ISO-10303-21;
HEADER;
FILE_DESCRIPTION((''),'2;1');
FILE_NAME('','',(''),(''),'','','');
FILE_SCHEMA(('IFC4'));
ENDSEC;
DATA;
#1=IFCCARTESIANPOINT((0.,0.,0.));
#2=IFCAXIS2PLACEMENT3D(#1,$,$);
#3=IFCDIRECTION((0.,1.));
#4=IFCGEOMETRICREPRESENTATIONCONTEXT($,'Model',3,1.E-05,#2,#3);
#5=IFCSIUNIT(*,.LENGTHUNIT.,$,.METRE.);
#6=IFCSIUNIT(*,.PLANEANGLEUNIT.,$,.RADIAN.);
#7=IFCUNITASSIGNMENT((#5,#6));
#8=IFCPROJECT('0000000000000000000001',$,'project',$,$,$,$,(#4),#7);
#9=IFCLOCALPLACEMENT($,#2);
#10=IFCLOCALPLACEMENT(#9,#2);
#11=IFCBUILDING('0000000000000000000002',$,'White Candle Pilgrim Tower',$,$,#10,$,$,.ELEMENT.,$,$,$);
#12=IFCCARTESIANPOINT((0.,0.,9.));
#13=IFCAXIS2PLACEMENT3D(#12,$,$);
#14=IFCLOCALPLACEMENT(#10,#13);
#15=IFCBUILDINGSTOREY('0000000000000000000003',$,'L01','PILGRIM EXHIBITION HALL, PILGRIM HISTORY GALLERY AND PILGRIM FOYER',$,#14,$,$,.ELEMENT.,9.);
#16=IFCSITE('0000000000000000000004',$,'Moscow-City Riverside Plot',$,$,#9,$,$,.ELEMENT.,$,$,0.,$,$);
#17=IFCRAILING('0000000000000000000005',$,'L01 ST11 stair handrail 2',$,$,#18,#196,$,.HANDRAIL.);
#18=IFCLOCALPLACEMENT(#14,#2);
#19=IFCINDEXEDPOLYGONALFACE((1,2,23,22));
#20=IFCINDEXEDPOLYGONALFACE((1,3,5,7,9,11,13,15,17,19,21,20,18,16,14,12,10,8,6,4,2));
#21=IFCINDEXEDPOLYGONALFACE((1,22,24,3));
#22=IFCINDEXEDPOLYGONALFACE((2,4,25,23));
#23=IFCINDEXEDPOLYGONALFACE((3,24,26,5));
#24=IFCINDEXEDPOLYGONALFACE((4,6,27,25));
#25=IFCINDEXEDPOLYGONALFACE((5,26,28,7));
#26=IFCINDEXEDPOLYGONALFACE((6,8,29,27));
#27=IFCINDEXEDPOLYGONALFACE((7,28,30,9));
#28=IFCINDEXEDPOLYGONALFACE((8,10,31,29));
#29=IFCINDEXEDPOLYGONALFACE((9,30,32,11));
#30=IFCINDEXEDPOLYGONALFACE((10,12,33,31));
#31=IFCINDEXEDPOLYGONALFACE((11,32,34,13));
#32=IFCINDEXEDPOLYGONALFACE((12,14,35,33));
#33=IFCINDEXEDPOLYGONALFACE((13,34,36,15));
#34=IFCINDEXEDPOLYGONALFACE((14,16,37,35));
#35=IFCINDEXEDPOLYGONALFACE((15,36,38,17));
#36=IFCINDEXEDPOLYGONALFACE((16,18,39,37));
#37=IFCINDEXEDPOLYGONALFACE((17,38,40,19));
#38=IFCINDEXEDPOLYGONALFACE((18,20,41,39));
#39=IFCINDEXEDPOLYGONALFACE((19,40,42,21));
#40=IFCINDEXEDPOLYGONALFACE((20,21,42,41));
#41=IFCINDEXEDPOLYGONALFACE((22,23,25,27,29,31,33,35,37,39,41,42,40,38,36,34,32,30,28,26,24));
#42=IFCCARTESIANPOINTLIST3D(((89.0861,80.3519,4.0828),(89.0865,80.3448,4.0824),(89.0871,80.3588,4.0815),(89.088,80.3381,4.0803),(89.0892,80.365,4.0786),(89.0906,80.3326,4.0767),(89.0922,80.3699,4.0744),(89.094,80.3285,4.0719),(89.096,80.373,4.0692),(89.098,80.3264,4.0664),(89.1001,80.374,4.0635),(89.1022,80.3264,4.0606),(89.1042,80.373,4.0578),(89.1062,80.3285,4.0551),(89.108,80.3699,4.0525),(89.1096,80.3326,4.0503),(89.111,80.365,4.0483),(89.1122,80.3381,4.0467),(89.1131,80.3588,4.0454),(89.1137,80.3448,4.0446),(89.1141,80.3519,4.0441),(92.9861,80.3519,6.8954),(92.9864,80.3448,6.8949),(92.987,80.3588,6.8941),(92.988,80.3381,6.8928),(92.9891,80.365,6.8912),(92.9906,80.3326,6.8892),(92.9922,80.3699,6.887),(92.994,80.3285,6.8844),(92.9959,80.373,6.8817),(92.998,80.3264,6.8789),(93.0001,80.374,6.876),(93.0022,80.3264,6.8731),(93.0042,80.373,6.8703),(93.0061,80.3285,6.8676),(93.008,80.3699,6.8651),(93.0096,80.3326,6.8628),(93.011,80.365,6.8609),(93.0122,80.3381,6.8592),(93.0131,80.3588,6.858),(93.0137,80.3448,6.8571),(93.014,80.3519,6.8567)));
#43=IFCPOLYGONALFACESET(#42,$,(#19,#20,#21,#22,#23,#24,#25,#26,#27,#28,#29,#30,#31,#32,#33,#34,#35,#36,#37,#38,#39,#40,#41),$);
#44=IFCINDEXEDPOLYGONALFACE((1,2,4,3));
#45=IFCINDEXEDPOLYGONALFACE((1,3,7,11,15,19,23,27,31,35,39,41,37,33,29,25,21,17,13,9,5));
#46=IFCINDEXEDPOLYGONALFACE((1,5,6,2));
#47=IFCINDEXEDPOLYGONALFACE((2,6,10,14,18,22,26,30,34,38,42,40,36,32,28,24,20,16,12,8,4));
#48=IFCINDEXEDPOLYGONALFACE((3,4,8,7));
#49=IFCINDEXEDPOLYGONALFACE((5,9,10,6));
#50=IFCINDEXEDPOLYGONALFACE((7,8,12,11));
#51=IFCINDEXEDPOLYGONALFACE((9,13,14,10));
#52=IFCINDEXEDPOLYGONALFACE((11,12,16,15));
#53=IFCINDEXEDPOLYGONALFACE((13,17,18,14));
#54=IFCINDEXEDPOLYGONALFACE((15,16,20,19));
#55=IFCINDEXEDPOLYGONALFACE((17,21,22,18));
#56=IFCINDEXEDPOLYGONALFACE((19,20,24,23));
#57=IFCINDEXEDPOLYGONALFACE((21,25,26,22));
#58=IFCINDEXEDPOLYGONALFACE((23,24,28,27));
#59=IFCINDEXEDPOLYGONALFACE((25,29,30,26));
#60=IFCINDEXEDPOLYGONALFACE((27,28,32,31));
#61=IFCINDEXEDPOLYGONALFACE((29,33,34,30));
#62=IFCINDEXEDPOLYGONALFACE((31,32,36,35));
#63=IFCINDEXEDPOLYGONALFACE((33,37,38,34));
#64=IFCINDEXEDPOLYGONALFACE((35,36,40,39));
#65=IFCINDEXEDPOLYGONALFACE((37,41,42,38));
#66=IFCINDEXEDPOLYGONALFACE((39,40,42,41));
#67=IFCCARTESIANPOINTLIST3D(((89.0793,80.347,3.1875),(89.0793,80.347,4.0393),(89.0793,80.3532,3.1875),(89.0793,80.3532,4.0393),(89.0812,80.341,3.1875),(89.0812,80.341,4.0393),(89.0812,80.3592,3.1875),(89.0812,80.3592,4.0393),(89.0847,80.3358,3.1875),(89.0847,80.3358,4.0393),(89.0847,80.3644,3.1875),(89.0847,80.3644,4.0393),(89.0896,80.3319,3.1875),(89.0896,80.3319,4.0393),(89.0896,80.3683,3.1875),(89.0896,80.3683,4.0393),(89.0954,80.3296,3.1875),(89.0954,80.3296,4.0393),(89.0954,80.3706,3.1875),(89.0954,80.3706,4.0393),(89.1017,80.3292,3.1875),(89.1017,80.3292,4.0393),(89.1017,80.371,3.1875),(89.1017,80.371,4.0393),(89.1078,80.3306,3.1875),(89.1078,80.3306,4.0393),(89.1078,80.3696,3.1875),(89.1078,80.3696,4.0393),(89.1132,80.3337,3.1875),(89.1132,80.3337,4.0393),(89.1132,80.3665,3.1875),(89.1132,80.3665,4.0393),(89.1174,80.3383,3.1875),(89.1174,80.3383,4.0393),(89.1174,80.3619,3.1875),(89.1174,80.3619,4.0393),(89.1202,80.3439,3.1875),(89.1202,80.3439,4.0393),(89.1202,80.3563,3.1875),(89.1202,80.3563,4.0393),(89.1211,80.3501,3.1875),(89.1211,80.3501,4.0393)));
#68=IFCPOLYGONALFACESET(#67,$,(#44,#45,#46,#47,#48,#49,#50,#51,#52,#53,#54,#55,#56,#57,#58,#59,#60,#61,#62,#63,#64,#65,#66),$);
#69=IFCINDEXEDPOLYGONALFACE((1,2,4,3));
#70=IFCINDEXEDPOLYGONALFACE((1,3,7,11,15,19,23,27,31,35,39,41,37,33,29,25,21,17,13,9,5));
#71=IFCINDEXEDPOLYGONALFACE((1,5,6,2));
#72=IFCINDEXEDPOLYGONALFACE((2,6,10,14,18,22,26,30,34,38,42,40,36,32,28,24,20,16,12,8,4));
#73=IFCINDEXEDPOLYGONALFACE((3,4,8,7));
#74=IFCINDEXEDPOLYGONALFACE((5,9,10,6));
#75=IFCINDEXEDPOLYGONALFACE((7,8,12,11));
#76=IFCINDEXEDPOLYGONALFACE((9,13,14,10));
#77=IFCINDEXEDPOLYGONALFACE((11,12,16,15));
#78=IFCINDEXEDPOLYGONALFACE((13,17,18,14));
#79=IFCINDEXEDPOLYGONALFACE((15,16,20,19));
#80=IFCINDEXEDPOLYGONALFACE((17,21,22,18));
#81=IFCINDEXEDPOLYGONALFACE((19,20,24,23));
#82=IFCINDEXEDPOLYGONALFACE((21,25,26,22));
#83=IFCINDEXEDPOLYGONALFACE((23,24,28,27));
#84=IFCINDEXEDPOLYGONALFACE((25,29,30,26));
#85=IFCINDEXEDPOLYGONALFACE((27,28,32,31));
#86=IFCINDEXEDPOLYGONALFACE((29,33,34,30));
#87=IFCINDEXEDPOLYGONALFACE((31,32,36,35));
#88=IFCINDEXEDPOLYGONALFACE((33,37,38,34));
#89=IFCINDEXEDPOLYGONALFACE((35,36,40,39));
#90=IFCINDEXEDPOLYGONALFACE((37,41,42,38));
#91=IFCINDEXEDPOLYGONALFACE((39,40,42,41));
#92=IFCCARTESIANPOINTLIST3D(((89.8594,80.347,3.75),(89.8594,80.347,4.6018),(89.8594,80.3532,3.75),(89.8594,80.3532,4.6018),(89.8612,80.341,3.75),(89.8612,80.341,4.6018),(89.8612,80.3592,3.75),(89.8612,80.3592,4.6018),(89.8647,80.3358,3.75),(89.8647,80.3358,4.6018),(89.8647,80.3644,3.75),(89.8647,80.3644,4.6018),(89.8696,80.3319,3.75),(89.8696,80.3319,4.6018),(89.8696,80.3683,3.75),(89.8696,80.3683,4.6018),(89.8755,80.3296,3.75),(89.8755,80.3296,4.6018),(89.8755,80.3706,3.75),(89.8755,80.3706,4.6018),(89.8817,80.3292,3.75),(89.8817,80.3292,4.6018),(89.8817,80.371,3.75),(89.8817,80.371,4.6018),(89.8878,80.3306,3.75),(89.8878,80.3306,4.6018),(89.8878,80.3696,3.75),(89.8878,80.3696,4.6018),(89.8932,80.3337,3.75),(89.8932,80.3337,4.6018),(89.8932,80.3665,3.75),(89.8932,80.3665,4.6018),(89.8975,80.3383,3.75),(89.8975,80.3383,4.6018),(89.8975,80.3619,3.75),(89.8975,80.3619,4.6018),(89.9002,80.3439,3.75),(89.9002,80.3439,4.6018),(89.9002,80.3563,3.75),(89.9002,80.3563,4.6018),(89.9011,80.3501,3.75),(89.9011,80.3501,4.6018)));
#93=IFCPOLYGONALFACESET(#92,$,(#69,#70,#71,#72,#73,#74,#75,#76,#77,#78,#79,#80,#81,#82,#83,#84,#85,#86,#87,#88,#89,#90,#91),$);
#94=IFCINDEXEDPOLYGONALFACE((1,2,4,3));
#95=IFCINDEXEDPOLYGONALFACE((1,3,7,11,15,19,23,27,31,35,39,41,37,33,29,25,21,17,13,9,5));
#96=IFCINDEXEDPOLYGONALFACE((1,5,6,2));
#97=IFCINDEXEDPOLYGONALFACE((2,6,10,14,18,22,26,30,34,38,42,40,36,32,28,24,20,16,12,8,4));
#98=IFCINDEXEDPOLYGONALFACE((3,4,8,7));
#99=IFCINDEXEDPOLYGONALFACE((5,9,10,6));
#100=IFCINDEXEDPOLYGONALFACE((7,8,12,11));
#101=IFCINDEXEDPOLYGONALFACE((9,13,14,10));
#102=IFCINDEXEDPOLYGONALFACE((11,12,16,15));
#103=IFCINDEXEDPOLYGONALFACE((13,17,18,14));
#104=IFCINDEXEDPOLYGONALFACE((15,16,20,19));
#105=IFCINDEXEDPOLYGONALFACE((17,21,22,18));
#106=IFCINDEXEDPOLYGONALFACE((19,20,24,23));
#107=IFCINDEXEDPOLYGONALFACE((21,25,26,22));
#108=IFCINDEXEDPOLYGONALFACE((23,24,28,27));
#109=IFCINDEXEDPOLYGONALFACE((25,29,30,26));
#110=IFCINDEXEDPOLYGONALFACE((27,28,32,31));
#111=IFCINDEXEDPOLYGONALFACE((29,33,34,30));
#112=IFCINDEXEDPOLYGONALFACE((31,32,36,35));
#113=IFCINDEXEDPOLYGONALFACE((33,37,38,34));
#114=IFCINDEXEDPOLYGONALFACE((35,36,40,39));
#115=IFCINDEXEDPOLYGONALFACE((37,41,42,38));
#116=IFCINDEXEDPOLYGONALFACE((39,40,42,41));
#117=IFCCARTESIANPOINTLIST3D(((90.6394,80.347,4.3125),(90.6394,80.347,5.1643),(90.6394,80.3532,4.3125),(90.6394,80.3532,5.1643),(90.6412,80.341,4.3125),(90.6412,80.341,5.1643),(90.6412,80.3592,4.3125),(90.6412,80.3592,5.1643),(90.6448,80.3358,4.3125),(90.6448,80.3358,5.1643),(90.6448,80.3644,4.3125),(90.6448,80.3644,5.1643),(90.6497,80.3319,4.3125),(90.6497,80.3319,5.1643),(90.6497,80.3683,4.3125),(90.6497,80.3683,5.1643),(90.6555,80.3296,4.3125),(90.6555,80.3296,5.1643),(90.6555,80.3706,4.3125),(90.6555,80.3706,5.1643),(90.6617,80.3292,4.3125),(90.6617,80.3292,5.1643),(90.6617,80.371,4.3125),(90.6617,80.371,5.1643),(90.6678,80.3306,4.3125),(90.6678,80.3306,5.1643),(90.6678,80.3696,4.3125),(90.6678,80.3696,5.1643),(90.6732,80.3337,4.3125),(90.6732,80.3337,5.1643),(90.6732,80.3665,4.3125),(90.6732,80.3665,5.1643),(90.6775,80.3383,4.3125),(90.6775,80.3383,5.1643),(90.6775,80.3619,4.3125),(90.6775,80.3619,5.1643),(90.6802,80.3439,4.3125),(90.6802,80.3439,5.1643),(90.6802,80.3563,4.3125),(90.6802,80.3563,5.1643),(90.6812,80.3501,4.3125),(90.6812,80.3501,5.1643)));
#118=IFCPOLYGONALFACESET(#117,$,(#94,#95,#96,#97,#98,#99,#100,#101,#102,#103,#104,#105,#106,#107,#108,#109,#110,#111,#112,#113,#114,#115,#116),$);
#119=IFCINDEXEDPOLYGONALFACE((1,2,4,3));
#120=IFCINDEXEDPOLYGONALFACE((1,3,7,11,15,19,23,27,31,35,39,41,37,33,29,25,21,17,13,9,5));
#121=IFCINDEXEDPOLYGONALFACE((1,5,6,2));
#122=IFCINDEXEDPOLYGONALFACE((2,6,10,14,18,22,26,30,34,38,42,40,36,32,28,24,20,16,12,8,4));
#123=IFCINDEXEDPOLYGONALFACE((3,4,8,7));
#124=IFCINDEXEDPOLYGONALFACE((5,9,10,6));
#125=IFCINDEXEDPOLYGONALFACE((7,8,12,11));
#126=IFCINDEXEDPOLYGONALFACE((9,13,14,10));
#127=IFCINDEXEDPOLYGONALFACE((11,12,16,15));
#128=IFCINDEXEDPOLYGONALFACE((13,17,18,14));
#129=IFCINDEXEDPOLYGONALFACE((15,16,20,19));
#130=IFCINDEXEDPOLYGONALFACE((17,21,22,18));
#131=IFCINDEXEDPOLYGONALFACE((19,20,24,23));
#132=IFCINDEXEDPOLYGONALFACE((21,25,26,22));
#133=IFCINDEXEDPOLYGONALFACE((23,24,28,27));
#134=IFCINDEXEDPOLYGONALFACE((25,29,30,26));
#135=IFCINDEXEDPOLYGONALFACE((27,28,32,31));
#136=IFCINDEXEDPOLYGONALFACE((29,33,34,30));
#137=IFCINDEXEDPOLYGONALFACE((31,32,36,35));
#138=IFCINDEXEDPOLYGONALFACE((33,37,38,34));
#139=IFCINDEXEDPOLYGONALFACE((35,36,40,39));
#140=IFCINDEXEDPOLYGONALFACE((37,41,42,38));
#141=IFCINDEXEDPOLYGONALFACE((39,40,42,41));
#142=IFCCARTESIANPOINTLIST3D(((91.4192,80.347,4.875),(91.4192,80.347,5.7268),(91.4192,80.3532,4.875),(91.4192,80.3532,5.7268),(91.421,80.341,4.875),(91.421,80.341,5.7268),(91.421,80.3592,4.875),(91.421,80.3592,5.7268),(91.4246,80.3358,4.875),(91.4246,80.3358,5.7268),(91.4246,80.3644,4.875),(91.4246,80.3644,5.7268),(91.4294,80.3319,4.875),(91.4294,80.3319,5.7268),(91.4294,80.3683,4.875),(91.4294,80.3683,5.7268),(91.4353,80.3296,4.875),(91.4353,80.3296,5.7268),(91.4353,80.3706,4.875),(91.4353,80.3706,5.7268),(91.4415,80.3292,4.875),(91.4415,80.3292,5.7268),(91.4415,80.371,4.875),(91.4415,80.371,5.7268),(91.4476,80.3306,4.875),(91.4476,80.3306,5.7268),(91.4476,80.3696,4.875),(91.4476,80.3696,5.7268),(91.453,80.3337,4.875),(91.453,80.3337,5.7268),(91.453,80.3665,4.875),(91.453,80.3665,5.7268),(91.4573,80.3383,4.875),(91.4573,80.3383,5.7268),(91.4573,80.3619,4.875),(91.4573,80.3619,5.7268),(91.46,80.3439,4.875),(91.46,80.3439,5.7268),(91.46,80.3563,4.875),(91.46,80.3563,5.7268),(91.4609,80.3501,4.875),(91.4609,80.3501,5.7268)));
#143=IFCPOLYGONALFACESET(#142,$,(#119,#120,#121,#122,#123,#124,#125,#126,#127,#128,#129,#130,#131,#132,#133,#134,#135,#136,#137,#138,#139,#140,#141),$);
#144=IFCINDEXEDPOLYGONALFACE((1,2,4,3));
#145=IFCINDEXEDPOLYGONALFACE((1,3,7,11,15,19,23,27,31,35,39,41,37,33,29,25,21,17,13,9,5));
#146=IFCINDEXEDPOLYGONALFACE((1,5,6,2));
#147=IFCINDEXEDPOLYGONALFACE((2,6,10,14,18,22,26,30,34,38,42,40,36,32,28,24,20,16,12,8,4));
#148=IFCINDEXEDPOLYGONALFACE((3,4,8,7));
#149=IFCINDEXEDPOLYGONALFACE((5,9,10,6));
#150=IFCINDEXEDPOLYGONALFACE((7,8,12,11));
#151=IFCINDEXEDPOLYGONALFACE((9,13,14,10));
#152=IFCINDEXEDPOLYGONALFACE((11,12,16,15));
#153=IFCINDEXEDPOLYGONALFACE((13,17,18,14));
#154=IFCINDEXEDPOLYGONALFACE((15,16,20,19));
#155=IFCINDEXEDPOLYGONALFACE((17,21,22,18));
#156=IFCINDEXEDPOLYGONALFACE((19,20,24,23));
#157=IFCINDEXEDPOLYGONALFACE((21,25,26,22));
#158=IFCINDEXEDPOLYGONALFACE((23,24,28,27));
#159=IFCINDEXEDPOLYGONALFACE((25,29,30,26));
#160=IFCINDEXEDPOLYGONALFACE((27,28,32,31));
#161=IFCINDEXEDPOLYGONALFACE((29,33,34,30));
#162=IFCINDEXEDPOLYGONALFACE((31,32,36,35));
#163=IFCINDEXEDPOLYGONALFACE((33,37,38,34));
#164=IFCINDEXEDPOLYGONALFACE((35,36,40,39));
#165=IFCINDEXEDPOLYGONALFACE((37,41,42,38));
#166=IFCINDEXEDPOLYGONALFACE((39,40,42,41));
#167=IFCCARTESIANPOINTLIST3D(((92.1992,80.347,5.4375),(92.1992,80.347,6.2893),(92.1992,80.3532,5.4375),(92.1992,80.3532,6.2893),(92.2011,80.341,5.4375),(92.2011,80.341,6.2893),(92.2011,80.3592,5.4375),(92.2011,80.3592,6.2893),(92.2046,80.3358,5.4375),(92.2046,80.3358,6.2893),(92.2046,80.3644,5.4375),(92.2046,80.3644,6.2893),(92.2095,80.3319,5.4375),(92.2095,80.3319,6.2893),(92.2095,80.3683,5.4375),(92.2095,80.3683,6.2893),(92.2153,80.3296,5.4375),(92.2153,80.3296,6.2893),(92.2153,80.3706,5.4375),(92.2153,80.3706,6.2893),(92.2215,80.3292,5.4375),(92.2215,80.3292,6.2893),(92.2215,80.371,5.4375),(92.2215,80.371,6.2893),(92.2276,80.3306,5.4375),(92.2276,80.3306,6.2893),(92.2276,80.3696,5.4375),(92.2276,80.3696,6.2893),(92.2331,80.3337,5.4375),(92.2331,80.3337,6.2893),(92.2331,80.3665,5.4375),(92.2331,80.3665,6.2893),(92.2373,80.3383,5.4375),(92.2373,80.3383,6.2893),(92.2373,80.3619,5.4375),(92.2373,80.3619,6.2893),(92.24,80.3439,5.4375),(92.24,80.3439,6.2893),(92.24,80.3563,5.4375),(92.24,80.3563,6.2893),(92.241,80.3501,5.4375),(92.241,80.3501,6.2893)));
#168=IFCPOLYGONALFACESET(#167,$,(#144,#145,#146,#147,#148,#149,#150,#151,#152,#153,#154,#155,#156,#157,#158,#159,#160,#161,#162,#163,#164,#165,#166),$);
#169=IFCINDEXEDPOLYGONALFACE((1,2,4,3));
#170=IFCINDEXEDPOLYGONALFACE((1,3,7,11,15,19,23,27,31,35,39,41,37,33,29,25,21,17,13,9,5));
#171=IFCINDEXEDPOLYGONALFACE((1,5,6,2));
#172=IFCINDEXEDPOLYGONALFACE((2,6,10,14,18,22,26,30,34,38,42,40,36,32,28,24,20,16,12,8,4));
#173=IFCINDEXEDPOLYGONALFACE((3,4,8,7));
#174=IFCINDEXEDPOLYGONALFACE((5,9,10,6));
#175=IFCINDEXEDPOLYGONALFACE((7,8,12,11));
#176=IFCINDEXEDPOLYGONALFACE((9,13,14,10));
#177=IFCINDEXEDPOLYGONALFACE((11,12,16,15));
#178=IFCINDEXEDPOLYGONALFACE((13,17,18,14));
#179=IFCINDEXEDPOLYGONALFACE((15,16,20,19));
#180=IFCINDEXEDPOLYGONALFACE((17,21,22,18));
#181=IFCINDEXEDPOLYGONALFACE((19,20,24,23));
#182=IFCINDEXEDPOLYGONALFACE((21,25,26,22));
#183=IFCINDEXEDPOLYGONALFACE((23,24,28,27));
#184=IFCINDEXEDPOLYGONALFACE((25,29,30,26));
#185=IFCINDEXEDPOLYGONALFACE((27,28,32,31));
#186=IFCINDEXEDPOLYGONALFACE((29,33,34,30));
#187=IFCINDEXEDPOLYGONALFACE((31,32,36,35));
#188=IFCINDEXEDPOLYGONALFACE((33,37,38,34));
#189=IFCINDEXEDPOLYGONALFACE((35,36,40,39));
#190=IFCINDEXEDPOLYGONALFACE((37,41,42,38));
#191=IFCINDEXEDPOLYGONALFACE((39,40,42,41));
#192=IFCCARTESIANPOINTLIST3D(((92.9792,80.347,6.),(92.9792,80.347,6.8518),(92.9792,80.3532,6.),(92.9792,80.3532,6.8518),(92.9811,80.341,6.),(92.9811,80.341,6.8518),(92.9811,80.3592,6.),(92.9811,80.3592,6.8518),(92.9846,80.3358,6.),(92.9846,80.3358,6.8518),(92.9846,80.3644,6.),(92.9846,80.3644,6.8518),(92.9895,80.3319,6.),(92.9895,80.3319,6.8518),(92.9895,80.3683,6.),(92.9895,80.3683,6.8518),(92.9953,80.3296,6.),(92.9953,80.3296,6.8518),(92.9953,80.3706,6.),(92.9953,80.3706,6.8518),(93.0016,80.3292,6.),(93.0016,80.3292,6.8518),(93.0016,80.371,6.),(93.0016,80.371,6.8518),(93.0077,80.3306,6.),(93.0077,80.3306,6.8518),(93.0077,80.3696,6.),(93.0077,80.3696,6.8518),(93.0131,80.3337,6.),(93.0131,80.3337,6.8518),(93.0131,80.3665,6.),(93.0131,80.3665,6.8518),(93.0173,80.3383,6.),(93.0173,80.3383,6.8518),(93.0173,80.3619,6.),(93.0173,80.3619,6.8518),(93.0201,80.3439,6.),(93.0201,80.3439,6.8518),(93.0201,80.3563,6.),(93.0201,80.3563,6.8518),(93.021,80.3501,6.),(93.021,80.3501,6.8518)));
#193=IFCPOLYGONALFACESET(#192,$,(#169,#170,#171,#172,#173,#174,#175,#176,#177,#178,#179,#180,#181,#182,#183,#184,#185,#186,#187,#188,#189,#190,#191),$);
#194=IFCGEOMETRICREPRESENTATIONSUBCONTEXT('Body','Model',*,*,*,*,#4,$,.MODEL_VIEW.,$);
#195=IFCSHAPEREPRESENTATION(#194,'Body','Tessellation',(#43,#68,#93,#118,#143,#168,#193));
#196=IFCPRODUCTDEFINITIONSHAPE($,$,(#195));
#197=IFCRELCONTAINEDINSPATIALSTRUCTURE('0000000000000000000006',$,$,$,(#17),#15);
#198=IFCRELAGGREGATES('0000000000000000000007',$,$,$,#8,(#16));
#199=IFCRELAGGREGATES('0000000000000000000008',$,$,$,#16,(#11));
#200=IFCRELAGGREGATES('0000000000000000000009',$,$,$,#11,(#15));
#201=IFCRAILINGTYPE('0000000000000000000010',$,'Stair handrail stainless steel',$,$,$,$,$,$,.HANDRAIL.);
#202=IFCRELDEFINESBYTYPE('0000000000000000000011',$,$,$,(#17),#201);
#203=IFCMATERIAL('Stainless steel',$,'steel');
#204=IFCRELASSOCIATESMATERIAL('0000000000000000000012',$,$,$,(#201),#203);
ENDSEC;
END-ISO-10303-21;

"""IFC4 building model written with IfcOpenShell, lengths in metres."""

from ifc_helpers import new_model, si_unit, direction, frame, origin, origin_2d, place, context, subcontext, project, spatial, circle, extrude, material, type_object, element, save


model = new_model("IFC4")

# Units and contexts
model_context = context("Model", 3, precision=1e-05, world=origin(), true_north=direction((0.0, 1.0)))
body_context = subcontext(model_context, "Body", "Model", "MODEL_VIEW")
ifc_project = project(units=[si_unit("LENGTHUNIT", "METRE"), si_unit("PLANEANGLEUNIT", "RADIAN")], contexts=[model_context])

# Site, building, storey
site_placement = place(None, origin())
site = spatial("IfcSite", under=ifc_project, at=site_placement, Name="Moscow-City Riverside Plot", CompositionType="ELEMENT", RefElevation=0.0)
building_placement = place(site_placement, origin())
building = spatial("IfcBuilding", under=site, at=building_placement, Name="White Candle Pilgrim Tower", CompositionType="ELEMENT")
storey_placement = place(building_placement, frame((0.0, 0.0, 9.0)))
storey = spatial("IfcBuildingStorey", under=building, at=storey_placement, Name="L01", Description="PILGRIM EXHIBITION HALL, PILGRIM HISTORY GALLERY AND PILGRIM FOYER", CompositionType="ELEMENT", Elevation=9.0)

# Railing
ifc_material_1 = material(Name="Stainless steel", Category="steel")
railing_type_1 = type_object("IfcRailingType", Name="Stair handrail stainless steel", PredefinedType="HANDRAIL", material=ifc_material_1)
railing_1_placement = place(storey_placement, frame((89.1001, 80.3501, 3.1875)))
element("IfcRailing", 1, at=railing_1_placement, inside=storey, type_object=railing_type_1, Name="L01 ST11 stair handrail 2", PredefinedType="HANDRAIL", context=body_context, shape_type="SweptSolid", body=[
    extrude(circle(Radius=0.0239, at=origin_2d()), frame((0.0, 0.0, 0.876), z_axis=(0.811083, 0.0, 0.584931), x_axis=(0.0, 1.0, 0.0)), (0.0, 0.0, 1.0), 4.8083),
    extrude(circle(Radius=0.021, at=origin_2d()), origin(), (0.0, 0.0, 1.0), 0.8518),
    extrude(circle(Radius=0.021, at=origin_2d()), frame((0.78, 0.0, 0.5625)), (0.0, 0.0, 1.0), 0.8518),
    extrude(circle(Radius=0.021, at=origin_2d()), frame((1.5601, 0.0, 1.125)), (0.0, 0.0, 1.0), 0.8518),
    extrude(circle(Radius=0.021, at=origin_2d()), frame((2.3398, 0.0, 1.6875)), (0.0, 0.0, 1.0), 0.8518),
    extrude(circle(Radius=0.021, at=origin_2d()), frame((3.1199, 0.0, 2.25)), (0.0, 0.0, 1.0), 0.8518),
    extrude(circle(Radius=0.021, at=origin_2d()), frame((3.8999, 0.0, 2.8125)), (0.0, 0.0, 1.0), 0.8518),
])

save(model, "model.ifc")
